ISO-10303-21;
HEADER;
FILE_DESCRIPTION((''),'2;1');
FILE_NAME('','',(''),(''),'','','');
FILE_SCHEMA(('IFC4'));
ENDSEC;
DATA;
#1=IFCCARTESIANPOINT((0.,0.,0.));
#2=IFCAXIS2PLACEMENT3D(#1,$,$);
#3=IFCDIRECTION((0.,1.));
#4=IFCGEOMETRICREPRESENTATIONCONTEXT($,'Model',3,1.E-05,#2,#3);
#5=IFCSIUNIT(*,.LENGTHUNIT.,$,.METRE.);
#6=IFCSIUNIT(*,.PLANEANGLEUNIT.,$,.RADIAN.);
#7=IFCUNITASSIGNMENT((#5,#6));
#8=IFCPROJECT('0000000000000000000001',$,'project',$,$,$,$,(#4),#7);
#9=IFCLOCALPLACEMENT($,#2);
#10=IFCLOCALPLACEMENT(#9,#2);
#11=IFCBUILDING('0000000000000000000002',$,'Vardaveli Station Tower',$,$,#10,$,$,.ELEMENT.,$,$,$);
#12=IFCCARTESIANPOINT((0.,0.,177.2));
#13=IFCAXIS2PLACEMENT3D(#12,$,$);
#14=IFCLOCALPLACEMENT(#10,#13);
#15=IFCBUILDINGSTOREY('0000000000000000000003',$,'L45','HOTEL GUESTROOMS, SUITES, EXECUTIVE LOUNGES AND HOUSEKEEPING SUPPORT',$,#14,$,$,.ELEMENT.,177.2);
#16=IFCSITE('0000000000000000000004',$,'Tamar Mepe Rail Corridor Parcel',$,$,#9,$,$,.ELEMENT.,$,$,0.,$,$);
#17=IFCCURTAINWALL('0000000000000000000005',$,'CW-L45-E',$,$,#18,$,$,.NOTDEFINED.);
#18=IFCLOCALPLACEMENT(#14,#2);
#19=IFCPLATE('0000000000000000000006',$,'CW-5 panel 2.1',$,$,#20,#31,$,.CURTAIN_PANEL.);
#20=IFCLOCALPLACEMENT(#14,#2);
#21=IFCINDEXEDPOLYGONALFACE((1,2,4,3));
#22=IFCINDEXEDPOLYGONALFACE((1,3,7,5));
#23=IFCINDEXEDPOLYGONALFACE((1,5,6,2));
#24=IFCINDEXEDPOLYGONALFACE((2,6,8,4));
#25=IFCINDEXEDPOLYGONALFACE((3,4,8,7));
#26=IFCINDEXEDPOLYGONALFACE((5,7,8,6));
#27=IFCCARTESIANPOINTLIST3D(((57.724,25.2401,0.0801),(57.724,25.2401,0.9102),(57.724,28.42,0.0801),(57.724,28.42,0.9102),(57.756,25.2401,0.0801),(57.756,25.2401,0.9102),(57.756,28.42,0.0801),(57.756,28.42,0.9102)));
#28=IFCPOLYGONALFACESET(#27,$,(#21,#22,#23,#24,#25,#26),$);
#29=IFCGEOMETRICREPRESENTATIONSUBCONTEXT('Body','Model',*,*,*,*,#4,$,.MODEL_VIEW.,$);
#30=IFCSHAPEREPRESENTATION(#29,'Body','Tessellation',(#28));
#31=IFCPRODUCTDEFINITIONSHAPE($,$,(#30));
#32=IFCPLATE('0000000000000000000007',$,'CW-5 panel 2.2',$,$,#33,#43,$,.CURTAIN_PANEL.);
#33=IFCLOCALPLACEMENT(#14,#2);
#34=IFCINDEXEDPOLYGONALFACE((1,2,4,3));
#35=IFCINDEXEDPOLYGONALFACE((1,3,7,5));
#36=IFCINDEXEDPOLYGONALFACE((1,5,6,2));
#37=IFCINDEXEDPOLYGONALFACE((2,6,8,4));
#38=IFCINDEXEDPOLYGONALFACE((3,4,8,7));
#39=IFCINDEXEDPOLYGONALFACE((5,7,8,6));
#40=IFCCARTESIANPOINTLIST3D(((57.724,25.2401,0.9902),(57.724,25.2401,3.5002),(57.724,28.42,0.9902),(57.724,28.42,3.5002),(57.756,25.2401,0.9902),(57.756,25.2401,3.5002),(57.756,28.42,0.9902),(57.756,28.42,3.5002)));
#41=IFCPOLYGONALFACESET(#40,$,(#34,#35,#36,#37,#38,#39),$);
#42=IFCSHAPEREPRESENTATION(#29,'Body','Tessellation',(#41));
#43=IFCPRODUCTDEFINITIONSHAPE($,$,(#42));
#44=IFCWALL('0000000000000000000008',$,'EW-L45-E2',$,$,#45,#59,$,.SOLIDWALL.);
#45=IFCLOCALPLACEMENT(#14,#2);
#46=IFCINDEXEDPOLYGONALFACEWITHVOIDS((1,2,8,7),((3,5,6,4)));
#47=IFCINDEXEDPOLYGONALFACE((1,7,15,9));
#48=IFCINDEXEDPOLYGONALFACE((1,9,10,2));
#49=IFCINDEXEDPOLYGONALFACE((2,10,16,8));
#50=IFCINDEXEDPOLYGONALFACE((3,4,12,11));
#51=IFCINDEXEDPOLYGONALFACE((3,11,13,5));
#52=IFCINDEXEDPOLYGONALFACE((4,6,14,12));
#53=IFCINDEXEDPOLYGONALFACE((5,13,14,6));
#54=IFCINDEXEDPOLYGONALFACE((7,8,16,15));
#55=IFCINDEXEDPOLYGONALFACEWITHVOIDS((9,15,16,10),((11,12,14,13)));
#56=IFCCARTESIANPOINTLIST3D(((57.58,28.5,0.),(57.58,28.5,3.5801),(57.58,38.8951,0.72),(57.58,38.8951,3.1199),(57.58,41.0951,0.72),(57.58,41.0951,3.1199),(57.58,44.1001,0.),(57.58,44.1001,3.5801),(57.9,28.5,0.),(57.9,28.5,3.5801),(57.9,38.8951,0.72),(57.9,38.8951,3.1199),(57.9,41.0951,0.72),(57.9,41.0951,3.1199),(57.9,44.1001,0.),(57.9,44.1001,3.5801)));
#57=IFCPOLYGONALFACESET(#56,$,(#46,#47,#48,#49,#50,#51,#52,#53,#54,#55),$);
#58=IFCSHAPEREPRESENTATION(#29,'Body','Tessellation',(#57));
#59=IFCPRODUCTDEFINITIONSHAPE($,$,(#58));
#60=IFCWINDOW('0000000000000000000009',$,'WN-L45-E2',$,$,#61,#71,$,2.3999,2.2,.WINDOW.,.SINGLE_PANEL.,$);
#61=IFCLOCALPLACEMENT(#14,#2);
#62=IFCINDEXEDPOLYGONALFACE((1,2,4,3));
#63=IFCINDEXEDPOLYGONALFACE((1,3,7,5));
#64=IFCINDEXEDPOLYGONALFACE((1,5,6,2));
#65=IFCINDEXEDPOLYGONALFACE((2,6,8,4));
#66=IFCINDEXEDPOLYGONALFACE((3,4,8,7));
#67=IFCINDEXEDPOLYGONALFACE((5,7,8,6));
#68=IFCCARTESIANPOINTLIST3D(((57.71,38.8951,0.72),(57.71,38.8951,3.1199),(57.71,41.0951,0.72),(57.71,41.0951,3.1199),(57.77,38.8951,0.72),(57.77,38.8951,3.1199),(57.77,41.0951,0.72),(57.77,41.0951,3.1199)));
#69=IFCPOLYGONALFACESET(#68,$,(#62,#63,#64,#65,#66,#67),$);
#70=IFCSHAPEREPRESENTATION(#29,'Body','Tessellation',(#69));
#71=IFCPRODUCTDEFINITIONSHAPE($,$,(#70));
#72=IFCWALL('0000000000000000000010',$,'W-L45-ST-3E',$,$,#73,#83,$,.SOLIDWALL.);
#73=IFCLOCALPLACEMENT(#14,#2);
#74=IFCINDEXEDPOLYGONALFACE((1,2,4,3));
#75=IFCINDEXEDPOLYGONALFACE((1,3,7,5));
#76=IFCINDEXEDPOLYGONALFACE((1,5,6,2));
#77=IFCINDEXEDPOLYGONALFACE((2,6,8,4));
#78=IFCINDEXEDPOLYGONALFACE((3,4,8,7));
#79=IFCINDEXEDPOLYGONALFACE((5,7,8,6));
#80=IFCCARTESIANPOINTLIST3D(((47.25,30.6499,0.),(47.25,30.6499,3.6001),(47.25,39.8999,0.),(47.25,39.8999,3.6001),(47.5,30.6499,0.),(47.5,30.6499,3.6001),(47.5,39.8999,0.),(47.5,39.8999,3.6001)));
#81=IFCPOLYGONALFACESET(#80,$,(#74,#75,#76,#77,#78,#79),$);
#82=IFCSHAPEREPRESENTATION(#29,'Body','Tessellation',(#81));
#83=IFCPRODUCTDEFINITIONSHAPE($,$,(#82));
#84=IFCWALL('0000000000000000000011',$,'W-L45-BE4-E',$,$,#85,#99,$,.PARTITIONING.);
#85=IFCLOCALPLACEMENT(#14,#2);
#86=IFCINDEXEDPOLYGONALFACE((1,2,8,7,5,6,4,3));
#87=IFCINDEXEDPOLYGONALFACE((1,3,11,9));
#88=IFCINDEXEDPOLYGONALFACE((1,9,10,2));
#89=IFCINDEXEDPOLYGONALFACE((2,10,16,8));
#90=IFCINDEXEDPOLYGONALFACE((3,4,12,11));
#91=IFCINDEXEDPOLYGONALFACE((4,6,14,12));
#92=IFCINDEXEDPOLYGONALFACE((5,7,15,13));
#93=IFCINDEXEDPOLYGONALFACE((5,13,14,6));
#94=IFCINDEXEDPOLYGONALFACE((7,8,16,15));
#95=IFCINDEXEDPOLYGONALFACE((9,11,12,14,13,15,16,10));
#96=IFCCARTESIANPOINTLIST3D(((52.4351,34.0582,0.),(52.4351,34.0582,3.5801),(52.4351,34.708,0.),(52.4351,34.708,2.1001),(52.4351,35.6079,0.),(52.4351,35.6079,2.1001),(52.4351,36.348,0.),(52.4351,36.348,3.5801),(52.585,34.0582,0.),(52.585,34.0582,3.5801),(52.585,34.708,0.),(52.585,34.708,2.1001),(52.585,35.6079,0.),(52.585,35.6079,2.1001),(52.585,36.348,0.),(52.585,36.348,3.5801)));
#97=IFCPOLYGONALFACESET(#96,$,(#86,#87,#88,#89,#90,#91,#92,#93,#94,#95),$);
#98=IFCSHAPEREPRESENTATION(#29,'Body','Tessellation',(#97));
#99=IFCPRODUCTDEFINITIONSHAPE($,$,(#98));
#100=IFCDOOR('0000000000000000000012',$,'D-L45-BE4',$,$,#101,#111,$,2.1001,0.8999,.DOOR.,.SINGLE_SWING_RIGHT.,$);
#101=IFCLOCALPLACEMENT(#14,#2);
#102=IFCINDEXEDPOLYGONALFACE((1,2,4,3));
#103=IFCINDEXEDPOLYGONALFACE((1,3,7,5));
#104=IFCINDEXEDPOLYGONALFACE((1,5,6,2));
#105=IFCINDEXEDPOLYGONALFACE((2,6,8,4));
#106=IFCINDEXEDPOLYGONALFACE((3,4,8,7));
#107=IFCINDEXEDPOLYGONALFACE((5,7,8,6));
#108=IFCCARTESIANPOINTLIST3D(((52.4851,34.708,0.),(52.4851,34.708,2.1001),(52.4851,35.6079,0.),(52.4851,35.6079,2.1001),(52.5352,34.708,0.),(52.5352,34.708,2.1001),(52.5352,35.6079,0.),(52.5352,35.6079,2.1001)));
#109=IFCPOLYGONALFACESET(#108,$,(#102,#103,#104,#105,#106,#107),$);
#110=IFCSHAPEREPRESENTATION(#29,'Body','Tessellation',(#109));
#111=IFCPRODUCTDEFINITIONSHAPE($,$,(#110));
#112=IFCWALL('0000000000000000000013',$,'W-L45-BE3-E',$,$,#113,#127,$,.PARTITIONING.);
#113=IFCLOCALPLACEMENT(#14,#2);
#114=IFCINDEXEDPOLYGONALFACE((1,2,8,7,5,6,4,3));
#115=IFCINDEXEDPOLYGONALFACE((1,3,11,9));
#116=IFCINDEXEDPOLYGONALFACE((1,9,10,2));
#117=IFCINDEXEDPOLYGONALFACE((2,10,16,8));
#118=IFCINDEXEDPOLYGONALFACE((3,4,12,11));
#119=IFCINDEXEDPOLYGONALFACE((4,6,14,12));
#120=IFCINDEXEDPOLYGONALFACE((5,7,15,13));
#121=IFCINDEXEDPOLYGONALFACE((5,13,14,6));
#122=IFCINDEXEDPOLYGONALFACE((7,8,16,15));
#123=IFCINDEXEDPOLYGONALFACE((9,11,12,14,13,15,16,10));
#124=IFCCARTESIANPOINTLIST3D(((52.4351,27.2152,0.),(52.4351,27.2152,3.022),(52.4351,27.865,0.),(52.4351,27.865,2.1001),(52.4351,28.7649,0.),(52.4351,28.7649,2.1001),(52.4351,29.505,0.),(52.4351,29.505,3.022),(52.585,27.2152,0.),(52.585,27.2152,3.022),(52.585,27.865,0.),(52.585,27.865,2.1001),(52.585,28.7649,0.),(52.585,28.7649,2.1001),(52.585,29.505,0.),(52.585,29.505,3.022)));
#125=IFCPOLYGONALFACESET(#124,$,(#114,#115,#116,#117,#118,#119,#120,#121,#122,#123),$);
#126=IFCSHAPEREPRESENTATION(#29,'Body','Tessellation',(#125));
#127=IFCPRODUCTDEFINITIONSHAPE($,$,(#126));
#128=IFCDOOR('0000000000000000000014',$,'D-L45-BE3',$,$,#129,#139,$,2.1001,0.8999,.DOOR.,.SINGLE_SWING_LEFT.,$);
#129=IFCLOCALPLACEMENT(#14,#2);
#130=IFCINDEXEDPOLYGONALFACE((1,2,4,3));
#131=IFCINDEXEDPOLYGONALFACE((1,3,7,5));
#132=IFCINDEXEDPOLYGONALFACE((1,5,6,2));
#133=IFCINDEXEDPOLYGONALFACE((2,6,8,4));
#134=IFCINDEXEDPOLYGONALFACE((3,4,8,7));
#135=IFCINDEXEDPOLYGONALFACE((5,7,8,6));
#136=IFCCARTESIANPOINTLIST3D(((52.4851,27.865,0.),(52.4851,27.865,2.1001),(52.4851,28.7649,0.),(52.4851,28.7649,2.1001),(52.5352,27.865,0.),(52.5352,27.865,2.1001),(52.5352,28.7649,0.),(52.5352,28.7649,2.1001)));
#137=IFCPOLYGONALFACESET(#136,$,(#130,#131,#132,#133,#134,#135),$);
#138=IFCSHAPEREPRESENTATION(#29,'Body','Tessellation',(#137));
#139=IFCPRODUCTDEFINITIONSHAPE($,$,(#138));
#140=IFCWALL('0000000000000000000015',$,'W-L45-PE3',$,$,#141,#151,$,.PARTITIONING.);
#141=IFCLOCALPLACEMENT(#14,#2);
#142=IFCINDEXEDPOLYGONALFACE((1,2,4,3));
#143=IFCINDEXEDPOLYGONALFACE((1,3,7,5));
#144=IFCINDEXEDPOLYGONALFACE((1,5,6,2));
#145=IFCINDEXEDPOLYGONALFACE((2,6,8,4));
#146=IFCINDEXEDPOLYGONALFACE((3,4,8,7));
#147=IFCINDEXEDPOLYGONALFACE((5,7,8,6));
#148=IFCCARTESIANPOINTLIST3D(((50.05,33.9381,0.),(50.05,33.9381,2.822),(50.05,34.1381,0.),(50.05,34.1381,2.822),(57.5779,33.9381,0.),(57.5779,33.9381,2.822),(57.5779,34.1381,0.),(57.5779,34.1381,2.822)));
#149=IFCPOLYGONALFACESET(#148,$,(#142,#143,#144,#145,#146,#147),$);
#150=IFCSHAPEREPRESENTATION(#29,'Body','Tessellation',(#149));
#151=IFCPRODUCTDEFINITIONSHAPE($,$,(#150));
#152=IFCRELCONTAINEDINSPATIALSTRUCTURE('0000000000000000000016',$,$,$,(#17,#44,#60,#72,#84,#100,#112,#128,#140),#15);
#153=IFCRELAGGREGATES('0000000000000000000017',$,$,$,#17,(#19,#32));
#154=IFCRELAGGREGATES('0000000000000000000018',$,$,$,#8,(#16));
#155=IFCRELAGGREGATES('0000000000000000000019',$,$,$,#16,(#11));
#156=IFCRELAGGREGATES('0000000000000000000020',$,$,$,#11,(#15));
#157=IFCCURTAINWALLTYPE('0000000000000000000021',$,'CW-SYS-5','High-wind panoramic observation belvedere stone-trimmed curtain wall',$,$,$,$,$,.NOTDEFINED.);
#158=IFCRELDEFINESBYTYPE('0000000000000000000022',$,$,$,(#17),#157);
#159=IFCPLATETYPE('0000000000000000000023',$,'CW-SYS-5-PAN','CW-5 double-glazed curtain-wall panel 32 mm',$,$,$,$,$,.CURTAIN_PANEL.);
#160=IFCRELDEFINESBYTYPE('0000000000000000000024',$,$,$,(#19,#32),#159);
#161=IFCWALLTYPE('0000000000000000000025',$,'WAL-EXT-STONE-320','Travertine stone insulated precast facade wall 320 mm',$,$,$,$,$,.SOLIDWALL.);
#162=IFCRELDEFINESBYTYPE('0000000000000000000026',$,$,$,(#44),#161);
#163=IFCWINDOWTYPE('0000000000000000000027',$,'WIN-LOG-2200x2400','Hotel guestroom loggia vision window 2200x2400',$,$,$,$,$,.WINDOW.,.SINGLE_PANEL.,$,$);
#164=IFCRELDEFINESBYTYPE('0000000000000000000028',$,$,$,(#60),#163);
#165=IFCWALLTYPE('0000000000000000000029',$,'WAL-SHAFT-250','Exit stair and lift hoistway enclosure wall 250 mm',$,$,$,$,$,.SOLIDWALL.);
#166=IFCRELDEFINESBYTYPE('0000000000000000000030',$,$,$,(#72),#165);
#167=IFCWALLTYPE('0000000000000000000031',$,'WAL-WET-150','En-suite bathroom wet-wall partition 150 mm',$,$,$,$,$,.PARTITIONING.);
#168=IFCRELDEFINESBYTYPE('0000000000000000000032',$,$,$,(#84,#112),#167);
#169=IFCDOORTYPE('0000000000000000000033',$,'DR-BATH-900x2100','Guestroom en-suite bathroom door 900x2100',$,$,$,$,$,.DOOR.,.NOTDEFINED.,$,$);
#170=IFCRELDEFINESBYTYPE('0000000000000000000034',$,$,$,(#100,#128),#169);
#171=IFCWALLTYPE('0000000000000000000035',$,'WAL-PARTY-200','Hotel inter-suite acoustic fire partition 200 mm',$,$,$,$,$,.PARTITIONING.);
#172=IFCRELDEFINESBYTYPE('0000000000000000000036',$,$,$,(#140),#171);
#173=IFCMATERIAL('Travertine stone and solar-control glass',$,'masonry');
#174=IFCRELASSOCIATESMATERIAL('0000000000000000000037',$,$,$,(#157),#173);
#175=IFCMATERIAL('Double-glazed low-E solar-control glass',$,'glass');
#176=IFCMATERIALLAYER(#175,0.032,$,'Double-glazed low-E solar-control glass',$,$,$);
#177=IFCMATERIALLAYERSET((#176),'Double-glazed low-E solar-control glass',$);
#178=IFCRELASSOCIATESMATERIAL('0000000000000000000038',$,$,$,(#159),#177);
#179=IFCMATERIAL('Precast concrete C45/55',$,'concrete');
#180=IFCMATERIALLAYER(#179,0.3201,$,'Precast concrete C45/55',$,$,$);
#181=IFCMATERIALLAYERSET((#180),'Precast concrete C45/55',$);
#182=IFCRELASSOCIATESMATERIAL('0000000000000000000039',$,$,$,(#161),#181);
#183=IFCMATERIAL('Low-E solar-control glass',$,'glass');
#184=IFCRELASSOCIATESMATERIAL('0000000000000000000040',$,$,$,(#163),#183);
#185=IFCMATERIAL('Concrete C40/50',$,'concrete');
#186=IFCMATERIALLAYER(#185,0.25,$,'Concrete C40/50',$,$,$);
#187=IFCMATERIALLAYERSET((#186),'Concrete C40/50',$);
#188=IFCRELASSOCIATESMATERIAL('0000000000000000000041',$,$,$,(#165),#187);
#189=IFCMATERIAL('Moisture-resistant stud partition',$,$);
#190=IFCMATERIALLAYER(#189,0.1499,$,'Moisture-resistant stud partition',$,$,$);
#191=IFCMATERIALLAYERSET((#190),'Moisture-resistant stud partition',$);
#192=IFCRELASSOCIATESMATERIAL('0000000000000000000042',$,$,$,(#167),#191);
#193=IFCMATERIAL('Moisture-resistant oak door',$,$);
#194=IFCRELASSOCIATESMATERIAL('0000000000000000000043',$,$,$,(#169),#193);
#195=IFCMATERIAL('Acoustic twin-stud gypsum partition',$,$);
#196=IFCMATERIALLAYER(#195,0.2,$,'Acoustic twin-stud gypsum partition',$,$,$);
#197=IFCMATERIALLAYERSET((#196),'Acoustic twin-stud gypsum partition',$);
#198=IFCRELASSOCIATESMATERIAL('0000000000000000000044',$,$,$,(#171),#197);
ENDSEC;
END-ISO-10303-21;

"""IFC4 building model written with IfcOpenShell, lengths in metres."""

from ifc_helpers import new_model, si_unit, direction, frame, frame_2d, origin, origin_2d, place, context, subcontext, project, spatial, rectangle, extrude, source, transform, mapped, material, layer, layer_set, type_object, element, fill, aggregate, save


model = new_model("IFC4")

# Units and contexts
model_context = context("Model", 3, precision=1e-05, world=origin(), true_north=direction((0.0, 1.0)))
body_context = subcontext(model_context, "Body", "Model", "MODEL_VIEW")
ifc_project = project(units=[si_unit("LENGTHUNIT", "METRE"), si_unit("PLANEANGLEUNIT", "RADIAN")], contexts=[model_context])

# Site, building, storey
site_placement = place(None, origin())
site = spatial("IfcSite", under=ifc_project, at=site_placement, Name="Tamar Mepe Rail Corridor Parcel", CompositionType="ELEMENT", RefElevation=0.0)
building_placement = place(site_placement, origin())
building = spatial("IfcBuilding", under=site, at=building_placement, Name="Vardaveli Station Tower", CompositionType="ELEMENT")
storey_placement = place(building_placement, frame((0.0, 0.0, 177.2)))
storey = spatial("IfcBuildingStorey", under=building, at=storey_placement, Name="L45", Description="HOTEL GUESTROOMS, SUITES, EXECUTIVE LOUNGES AND HOUSEKEEPING SUPPORT", CompositionType="ELEMENT", Elevation=177.2)

# Shared definitions
ifc_material_1 = material(Name="Precast concrete C45/55", Category="concrete")

# Curtain wall, plates
ifc_material_2 = material(Name="Travertine stone and solar-control glass", Category="masonry")
curtain_wall_type = type_object("IfcCurtainWallType", Name="CW-SYS-5", Description="High-wind panoramic observation belvedere stone-trimmed curtain wall", PredefinedType="NOTDEFINED", material=ifc_material_2)
curtain_wall_placement = place(storey_placement, origin())
curtain_wall = element("IfcCurtainWall", 1, at=curtain_wall_placement, inside=storey, type_object=curtain_wall_type, Name="CW-L45-E", PredefinedType="NOTDEFINED")
ifc_material_3 = material(Name="Double-glazed low-E solar-control glass", Category="glass")
ifc_layer_1 = layer(ifc_material_3, 0.032, Name="Double-glazed low-E solar-control glass")
ifc_layer_set_1 = layer_set([ifc_layer_1], Name="Double-glazed low-E solar-control glass")
plate_type = type_object("IfcPlateType", Name="CW-SYS-5-PAN", Description="CW-5 double-glazed curtain-wall panel 32 mm", PredefinedType="CURTAIN_PANEL", material=ifc_layer_set_1)
shared_shape_1 = source(origin(), body_context, "Body", "SweptSolid", [
    extrude(rectangle(XDim=3.1799, YDim=0.032, at=origin_2d()), origin(), (0.0, 0.0, 1.0), 0.8301),
])
plate_1_placement = place(storey_placement, frame((57.74, 26.8301, 0.0801), z_axis=(0.0, 0.0, 1.0), x_axis=(0.0, 1.0, 0.0)))
plate_1 = element("IfcPlate", 2, at=plate_1_placement, type_object=plate_type, Name="CW-5 panel 2.1", PredefinedType="CURTAIN_PANEL", context=body_context, shape_type="MappedRepresentation", body=[
    mapped(shared_shape_1, transform((0.0, 0.0, 0.0), scale=1.0)),
])
shared_shape_2 = source(origin(), body_context, "Body", "SweptSolid", [
    extrude(rectangle(XDim=3.1799, YDim=0.032, at=origin_2d()), origin(), (0.0, 0.0, 1.0), 2.51),
])
plate_2_placement = place(storey_placement, frame((57.74, 26.8301, 0.9902), z_axis=(0.0, 0.0, 1.0), x_axis=(0.0, 1.0, 0.0)))
plate_2 = element("IfcPlate", 3, at=plate_2_placement, type_object=plate_type, Name="CW-5 panel 2.2", PredefinedType="CURTAIN_PANEL", context=body_context, shape_type="MappedRepresentation", body=[
    mapped(shared_shape_2, transform((0.0, 0.0, 0.0), scale=1.0)),
])
aggregate(curtain_wall, [plate_1, plate_2])

# Wall, opening, window
ifc_layer_2 = layer(ifc_material_1, 0.3201, Name="Precast concrete C45/55")
ifc_layer_set_2 = layer_set([ifc_layer_2], Name="Precast concrete C45/55")
wall_type_1 = type_object("IfcWallType", Name="WAL-EXT-STONE-320", Description="Travertine stone insulated precast facade wall 320 mm", PredefinedType="SOLIDWALL", material=ifc_layer_set_2)
shared_shape_3 = source(origin(), body_context, "Body", "SweptSolid", [
    extrude(rectangle(XDim=15.6001, YDim=0.3201, at=frame_2d((7.8, 0.0))), origin(), (0.0, 0.0, 1.0), 3.5801),
])
wall_1_placement = place(storey_placement, frame((57.74, 28.5, 0.0), z_axis=(0.0, 0.0, 1.0), x_axis=(0.0, 1.0, 0.0)))
wall_1 = element("IfcWall", 4, at=wall_1_placement, inside=storey, type_object=wall_type_1, Name="EW-L45-E2", PredefinedType="SOLIDWALL", context=body_context, shape_type="MappedRepresentation", body=[
    mapped(shared_shape_3, transform((0.0, 0.0, 0.0), scale=1.0)),
])
shared_shape_4 = source(origin(), body_context, "Body", "SweptSolid", [
    extrude(rectangle(XDim=2.2, YDim=2.3999, at=frame_2d((1.1001, 1.2))), frame((0.0, 0.1699, 0.0), z_axis=(0.0, -1.0, 0.0), x_axis=(1.0, 0.0, 0.0)), (0.0, 0.0, 1.0), 0.3401),
])
opening_1_placement = place(wall_1_placement, frame((10.395, 0.0, 0.72)))
opening_1 = element("IfcOpeningElement", 5, at=opening_1_placement, cuts=wall_1, PredefinedType="OPENING", context=body_context, shape_type="MappedRepresentation", body=[
    mapped(shared_shape_4, transform((0.0, 0.0, 0.0), scale=1.0)),
])
ifc_material_4 = material(Name="Low-E solar-control glass", Category="glass")
window_type = type_object("IfcWindowType", Name="WIN-LOG-2200x2400", Description="Hotel guestroom loggia vision window 2200x2400", PartitioningType="SINGLE_PANEL", PredefinedType="WINDOW", material=ifc_material_4)
shared_shape_5 = source(origin(), body_context, "Body", "SweptSolid", [
    extrude(rectangle(XDim=2.2, YDim=2.3999, at=frame_2d((1.1001, 1.2))), frame((0.0, 0.03, 0.0), z_axis=(0.0, -1.0, 0.0), x_axis=(1.0, 0.0, 0.0)), (0.0, 0.0, 1.0), 0.0601),
])
window_placement = place(opening_1_placement, origin())
window = element("IfcWindow", 6, at=window_placement, inside=storey, type_object=window_type, Name="WN-L45-E2", OverallHeight=2.3999, OverallWidth=2.2, PartitioningType="SINGLE_PANEL", PredefinedType="WINDOW", context=body_context, shape_type="MappedRepresentation", body=[
    mapped(shared_shape_5, transform((0.0, 0.0, 0.0), scale=1.0)),
])
fill(opening_1, window)

# Wall
ifc_material_5 = material(Name="Concrete C40/50", Category="concrete")
ifc_layer_3 = layer(ifc_material_5, 0.25, Name="Concrete C40/50")
ifc_layer_set_3 = layer_set([ifc_layer_3], Name="Concrete C40/50")
wall_type_2 = type_object("IfcWallType", Name="WAL-SHAFT-250", Description="Exit stair and lift hoistway enclosure wall 250 mm", PredefinedType="SOLIDWALL", material=ifc_layer_set_3)
shared_shape_6 = source(origin(), body_context, "Body", "SweptSolid", [
    extrude(rectangle(XDim=9.25, YDim=0.25, at=frame_2d((4.625, 0.0))), origin(), (0.0, 0.0, 1.0), 3.6001),
])
wall_2_placement = place(storey_placement, frame((47.375, 30.6499, 0.0), z_axis=(0.0, 0.0, 1.0), x_axis=(0.0, 1.0, 0.0)))
element("IfcWall", 7, at=wall_2_placement, inside=storey, type_object=wall_type_2, Name="W-L45-ST-3E", PredefinedType="SOLIDWALL", context=body_context, shape_type="MappedRepresentation", body=[
    mapped(shared_shape_6, transform((0.0, 0.0, 0.0), scale=1.0)),
])

# Walls, openings, doors
ifc_material_6 = material(Name="Moisture-resistant stud partition")
ifc_layer_4 = layer(ifc_material_6, 0.1499, Name="Moisture-resistant stud partition")
ifc_layer_set_4 = layer_set([ifc_layer_4], Name="Moisture-resistant stud partition")
wall_type_3 = type_object("IfcWallType", Name="WAL-WET-150", Description="En-suite bathroom wet-wall partition 150 mm", PredefinedType="PARTITIONING", material=ifc_layer_set_4)
shared_shape_7 = source(origin(), body_context, "Body", "SweptSolid", [
    extrude(rectangle(XDim=2.2898, YDim=0.1499, at=frame_2d((1.145, 0.0))), origin(), (0.0, 0.0, 1.0), 3.5801),
])
wall_3_placement = place(storey_placement, frame((52.51, 34.0581, 0.0), z_axis=(0.0, 0.0, 1.0), x_axis=(0.0, 1.0, 0.0)))
wall_3 = element("IfcWall", 8, at=wall_3_placement, inside=storey, type_object=wall_type_3, Name="W-L45-BE4-E", PredefinedType="PARTITIONING", context=body_context, shape_type="MappedRepresentation", body=[
    mapped(shared_shape_7, transform((0.0, 0.0, 0.0), scale=1.0)),
])
shared_shape_8 = source(origin(), body_context, "Body", "SweptSolid", [
    extrude(rectangle(XDim=0.8999, YDim=2.1001, at=frame_2d((0.45, 1.05))), frame((0.0, 0.085, 0.0), z_axis=(0.0, -1.0, 0.0), x_axis=(1.0, 0.0, 0.0)), (0.0, 0.0, 1.0), 0.1699),
])
opening_2_placement = place(wall_3_placement, frame((0.6499, 0.0, 0.0)))
opening_2 = element("IfcOpeningElement", 9, at=opening_2_placement, cuts=wall_3, PredefinedType="OPENING", context=body_context, shape_type="MappedRepresentation", body=[
    mapped(shared_shape_8, transform((0.0, 0.0, 0.0), scale=1.0)),
])
ifc_material_7 = material(Name="Moisture-resistant oak door")
door_type = type_object("IfcDoorType", Name="DR-BATH-900x2100", Description="Guestroom en-suite bathroom door 900x2100", OperationType="NOTDEFINED", PredefinedType="DOOR", material=ifc_material_7)
shared_shape_9 = source(origin(), body_context, "Body", "SweptSolid", [
    extrude(rectangle(XDim=0.8999, YDim=2.1001, at=frame_2d((0.45, 1.05))), frame((0.0, 0.0249, 0.0), z_axis=(0.0, -1.0, 0.0), x_axis=(1.0, 0.0, 0.0)), (0.0, 0.0, 1.0), 0.05),
])
door_1_placement = place(opening_2_placement, origin())
door_1 = element("IfcDoor", 10, at=door_1_placement, inside=storey, type_object=door_type, Name="D-L45-BE4", OperationType="SINGLE_SWING_RIGHT", OverallHeight=2.1001, OverallWidth=0.8999, PredefinedType="DOOR", context=body_context, shape_type="MappedRepresentation", body=[
    mapped(shared_shape_9, transform((0.0, 0.0, 0.0), scale=1.0)),
])
fill(opening_2, door_1)
shared_shape_10 = source(origin(), body_context, "Body", "SweptSolid", [
    extrude(rectangle(XDim=2.2898, YDim=0.1499, at=frame_2d((1.145, 0.0))), origin(), (0.0, 0.0, 1.0), 3.022),
])
wall_4_placement = place(storey_placement, frame((52.51, 27.2151, 0.0), z_axis=(0.0, 0.0, 1.0), x_axis=(0.0, 1.0, 0.0)))
wall_4 = element("IfcWall", 11, at=wall_4_placement, inside=storey, type_object=wall_type_3, Name="W-L45-BE3-E", PredefinedType="PARTITIONING", context=body_context, shape_type="MappedRepresentation", body=[
    mapped(shared_shape_10, transform((0.0, 0.0, 0.0), scale=1.0)),
])
opening_3_placement = place(wall_4_placement, frame((0.6499, 0.0, 0.0)))
opening_3 = element("IfcOpeningElement", 12, at=opening_3_placement, cuts=wall_4, PredefinedType="OPENING", context=body_context, shape_type="MappedRepresentation", body=[
    mapped(shared_shape_8, transform((0.0, 0.0, 0.0), scale=1.0)),
])
door_2_placement = place(opening_3_placement, origin())
door_2 = element("IfcDoor", 13, at=door_2_placement, inside=storey, type_object=door_type, Name="D-L45-BE3", OperationType="SINGLE_SWING_LEFT", OverallHeight=2.1001, OverallWidth=0.8999, PredefinedType="DOOR", context=body_context, shape_type="MappedRepresentation", body=[
    mapped(shared_shape_9, transform((0.0, 0.0, 0.0), scale=1.0)),
])
fill(opening_3, door_2)

# Wall
ifc_material_8 = material(Name="Acoustic twin-stud gypsum partition")
ifc_layer_5 = layer(ifc_material_8, 0.2, Name="Acoustic twin-stud gypsum partition")
ifc_layer_set_5 = layer_set([ifc_layer_5], Name="Acoustic twin-stud gypsum partition")
wall_type_4 = type_object("IfcWallType", Name="WAL-PARTY-200", Description="Hotel inter-suite acoustic fire partition 200 mm", PredefinedType="PARTITIONING", material=ifc_layer_set_5)
shared_shape_11 = source(origin(), body_context, "Body", "SweptSolid", [
    extrude(rectangle(XDim=7.5278, YDim=0.2, at=frame_2d((3.7639, 0.0))), origin(), (0.0, 0.0, 1.0), 2.822),
])
wall_5_placement = place(storey_placement, frame((50.05, 34.0381, 0.0), z_axis=(0.0, 0.0, 1.0), x_axis=(1.0, 0.0, 0.0)))
element("IfcWall", 14, at=wall_5_placement, inside=storey, type_object=wall_type_4, Name="W-L45-PE3", PredefinedType="PARTITIONING", context=body_context, shape_type="MappedRepresentation", body=[
    mapped(shared_shape_11, transform((0.0, 0.0, 0.0), scale=1.0)),
])

save(model, "model.ifc")
